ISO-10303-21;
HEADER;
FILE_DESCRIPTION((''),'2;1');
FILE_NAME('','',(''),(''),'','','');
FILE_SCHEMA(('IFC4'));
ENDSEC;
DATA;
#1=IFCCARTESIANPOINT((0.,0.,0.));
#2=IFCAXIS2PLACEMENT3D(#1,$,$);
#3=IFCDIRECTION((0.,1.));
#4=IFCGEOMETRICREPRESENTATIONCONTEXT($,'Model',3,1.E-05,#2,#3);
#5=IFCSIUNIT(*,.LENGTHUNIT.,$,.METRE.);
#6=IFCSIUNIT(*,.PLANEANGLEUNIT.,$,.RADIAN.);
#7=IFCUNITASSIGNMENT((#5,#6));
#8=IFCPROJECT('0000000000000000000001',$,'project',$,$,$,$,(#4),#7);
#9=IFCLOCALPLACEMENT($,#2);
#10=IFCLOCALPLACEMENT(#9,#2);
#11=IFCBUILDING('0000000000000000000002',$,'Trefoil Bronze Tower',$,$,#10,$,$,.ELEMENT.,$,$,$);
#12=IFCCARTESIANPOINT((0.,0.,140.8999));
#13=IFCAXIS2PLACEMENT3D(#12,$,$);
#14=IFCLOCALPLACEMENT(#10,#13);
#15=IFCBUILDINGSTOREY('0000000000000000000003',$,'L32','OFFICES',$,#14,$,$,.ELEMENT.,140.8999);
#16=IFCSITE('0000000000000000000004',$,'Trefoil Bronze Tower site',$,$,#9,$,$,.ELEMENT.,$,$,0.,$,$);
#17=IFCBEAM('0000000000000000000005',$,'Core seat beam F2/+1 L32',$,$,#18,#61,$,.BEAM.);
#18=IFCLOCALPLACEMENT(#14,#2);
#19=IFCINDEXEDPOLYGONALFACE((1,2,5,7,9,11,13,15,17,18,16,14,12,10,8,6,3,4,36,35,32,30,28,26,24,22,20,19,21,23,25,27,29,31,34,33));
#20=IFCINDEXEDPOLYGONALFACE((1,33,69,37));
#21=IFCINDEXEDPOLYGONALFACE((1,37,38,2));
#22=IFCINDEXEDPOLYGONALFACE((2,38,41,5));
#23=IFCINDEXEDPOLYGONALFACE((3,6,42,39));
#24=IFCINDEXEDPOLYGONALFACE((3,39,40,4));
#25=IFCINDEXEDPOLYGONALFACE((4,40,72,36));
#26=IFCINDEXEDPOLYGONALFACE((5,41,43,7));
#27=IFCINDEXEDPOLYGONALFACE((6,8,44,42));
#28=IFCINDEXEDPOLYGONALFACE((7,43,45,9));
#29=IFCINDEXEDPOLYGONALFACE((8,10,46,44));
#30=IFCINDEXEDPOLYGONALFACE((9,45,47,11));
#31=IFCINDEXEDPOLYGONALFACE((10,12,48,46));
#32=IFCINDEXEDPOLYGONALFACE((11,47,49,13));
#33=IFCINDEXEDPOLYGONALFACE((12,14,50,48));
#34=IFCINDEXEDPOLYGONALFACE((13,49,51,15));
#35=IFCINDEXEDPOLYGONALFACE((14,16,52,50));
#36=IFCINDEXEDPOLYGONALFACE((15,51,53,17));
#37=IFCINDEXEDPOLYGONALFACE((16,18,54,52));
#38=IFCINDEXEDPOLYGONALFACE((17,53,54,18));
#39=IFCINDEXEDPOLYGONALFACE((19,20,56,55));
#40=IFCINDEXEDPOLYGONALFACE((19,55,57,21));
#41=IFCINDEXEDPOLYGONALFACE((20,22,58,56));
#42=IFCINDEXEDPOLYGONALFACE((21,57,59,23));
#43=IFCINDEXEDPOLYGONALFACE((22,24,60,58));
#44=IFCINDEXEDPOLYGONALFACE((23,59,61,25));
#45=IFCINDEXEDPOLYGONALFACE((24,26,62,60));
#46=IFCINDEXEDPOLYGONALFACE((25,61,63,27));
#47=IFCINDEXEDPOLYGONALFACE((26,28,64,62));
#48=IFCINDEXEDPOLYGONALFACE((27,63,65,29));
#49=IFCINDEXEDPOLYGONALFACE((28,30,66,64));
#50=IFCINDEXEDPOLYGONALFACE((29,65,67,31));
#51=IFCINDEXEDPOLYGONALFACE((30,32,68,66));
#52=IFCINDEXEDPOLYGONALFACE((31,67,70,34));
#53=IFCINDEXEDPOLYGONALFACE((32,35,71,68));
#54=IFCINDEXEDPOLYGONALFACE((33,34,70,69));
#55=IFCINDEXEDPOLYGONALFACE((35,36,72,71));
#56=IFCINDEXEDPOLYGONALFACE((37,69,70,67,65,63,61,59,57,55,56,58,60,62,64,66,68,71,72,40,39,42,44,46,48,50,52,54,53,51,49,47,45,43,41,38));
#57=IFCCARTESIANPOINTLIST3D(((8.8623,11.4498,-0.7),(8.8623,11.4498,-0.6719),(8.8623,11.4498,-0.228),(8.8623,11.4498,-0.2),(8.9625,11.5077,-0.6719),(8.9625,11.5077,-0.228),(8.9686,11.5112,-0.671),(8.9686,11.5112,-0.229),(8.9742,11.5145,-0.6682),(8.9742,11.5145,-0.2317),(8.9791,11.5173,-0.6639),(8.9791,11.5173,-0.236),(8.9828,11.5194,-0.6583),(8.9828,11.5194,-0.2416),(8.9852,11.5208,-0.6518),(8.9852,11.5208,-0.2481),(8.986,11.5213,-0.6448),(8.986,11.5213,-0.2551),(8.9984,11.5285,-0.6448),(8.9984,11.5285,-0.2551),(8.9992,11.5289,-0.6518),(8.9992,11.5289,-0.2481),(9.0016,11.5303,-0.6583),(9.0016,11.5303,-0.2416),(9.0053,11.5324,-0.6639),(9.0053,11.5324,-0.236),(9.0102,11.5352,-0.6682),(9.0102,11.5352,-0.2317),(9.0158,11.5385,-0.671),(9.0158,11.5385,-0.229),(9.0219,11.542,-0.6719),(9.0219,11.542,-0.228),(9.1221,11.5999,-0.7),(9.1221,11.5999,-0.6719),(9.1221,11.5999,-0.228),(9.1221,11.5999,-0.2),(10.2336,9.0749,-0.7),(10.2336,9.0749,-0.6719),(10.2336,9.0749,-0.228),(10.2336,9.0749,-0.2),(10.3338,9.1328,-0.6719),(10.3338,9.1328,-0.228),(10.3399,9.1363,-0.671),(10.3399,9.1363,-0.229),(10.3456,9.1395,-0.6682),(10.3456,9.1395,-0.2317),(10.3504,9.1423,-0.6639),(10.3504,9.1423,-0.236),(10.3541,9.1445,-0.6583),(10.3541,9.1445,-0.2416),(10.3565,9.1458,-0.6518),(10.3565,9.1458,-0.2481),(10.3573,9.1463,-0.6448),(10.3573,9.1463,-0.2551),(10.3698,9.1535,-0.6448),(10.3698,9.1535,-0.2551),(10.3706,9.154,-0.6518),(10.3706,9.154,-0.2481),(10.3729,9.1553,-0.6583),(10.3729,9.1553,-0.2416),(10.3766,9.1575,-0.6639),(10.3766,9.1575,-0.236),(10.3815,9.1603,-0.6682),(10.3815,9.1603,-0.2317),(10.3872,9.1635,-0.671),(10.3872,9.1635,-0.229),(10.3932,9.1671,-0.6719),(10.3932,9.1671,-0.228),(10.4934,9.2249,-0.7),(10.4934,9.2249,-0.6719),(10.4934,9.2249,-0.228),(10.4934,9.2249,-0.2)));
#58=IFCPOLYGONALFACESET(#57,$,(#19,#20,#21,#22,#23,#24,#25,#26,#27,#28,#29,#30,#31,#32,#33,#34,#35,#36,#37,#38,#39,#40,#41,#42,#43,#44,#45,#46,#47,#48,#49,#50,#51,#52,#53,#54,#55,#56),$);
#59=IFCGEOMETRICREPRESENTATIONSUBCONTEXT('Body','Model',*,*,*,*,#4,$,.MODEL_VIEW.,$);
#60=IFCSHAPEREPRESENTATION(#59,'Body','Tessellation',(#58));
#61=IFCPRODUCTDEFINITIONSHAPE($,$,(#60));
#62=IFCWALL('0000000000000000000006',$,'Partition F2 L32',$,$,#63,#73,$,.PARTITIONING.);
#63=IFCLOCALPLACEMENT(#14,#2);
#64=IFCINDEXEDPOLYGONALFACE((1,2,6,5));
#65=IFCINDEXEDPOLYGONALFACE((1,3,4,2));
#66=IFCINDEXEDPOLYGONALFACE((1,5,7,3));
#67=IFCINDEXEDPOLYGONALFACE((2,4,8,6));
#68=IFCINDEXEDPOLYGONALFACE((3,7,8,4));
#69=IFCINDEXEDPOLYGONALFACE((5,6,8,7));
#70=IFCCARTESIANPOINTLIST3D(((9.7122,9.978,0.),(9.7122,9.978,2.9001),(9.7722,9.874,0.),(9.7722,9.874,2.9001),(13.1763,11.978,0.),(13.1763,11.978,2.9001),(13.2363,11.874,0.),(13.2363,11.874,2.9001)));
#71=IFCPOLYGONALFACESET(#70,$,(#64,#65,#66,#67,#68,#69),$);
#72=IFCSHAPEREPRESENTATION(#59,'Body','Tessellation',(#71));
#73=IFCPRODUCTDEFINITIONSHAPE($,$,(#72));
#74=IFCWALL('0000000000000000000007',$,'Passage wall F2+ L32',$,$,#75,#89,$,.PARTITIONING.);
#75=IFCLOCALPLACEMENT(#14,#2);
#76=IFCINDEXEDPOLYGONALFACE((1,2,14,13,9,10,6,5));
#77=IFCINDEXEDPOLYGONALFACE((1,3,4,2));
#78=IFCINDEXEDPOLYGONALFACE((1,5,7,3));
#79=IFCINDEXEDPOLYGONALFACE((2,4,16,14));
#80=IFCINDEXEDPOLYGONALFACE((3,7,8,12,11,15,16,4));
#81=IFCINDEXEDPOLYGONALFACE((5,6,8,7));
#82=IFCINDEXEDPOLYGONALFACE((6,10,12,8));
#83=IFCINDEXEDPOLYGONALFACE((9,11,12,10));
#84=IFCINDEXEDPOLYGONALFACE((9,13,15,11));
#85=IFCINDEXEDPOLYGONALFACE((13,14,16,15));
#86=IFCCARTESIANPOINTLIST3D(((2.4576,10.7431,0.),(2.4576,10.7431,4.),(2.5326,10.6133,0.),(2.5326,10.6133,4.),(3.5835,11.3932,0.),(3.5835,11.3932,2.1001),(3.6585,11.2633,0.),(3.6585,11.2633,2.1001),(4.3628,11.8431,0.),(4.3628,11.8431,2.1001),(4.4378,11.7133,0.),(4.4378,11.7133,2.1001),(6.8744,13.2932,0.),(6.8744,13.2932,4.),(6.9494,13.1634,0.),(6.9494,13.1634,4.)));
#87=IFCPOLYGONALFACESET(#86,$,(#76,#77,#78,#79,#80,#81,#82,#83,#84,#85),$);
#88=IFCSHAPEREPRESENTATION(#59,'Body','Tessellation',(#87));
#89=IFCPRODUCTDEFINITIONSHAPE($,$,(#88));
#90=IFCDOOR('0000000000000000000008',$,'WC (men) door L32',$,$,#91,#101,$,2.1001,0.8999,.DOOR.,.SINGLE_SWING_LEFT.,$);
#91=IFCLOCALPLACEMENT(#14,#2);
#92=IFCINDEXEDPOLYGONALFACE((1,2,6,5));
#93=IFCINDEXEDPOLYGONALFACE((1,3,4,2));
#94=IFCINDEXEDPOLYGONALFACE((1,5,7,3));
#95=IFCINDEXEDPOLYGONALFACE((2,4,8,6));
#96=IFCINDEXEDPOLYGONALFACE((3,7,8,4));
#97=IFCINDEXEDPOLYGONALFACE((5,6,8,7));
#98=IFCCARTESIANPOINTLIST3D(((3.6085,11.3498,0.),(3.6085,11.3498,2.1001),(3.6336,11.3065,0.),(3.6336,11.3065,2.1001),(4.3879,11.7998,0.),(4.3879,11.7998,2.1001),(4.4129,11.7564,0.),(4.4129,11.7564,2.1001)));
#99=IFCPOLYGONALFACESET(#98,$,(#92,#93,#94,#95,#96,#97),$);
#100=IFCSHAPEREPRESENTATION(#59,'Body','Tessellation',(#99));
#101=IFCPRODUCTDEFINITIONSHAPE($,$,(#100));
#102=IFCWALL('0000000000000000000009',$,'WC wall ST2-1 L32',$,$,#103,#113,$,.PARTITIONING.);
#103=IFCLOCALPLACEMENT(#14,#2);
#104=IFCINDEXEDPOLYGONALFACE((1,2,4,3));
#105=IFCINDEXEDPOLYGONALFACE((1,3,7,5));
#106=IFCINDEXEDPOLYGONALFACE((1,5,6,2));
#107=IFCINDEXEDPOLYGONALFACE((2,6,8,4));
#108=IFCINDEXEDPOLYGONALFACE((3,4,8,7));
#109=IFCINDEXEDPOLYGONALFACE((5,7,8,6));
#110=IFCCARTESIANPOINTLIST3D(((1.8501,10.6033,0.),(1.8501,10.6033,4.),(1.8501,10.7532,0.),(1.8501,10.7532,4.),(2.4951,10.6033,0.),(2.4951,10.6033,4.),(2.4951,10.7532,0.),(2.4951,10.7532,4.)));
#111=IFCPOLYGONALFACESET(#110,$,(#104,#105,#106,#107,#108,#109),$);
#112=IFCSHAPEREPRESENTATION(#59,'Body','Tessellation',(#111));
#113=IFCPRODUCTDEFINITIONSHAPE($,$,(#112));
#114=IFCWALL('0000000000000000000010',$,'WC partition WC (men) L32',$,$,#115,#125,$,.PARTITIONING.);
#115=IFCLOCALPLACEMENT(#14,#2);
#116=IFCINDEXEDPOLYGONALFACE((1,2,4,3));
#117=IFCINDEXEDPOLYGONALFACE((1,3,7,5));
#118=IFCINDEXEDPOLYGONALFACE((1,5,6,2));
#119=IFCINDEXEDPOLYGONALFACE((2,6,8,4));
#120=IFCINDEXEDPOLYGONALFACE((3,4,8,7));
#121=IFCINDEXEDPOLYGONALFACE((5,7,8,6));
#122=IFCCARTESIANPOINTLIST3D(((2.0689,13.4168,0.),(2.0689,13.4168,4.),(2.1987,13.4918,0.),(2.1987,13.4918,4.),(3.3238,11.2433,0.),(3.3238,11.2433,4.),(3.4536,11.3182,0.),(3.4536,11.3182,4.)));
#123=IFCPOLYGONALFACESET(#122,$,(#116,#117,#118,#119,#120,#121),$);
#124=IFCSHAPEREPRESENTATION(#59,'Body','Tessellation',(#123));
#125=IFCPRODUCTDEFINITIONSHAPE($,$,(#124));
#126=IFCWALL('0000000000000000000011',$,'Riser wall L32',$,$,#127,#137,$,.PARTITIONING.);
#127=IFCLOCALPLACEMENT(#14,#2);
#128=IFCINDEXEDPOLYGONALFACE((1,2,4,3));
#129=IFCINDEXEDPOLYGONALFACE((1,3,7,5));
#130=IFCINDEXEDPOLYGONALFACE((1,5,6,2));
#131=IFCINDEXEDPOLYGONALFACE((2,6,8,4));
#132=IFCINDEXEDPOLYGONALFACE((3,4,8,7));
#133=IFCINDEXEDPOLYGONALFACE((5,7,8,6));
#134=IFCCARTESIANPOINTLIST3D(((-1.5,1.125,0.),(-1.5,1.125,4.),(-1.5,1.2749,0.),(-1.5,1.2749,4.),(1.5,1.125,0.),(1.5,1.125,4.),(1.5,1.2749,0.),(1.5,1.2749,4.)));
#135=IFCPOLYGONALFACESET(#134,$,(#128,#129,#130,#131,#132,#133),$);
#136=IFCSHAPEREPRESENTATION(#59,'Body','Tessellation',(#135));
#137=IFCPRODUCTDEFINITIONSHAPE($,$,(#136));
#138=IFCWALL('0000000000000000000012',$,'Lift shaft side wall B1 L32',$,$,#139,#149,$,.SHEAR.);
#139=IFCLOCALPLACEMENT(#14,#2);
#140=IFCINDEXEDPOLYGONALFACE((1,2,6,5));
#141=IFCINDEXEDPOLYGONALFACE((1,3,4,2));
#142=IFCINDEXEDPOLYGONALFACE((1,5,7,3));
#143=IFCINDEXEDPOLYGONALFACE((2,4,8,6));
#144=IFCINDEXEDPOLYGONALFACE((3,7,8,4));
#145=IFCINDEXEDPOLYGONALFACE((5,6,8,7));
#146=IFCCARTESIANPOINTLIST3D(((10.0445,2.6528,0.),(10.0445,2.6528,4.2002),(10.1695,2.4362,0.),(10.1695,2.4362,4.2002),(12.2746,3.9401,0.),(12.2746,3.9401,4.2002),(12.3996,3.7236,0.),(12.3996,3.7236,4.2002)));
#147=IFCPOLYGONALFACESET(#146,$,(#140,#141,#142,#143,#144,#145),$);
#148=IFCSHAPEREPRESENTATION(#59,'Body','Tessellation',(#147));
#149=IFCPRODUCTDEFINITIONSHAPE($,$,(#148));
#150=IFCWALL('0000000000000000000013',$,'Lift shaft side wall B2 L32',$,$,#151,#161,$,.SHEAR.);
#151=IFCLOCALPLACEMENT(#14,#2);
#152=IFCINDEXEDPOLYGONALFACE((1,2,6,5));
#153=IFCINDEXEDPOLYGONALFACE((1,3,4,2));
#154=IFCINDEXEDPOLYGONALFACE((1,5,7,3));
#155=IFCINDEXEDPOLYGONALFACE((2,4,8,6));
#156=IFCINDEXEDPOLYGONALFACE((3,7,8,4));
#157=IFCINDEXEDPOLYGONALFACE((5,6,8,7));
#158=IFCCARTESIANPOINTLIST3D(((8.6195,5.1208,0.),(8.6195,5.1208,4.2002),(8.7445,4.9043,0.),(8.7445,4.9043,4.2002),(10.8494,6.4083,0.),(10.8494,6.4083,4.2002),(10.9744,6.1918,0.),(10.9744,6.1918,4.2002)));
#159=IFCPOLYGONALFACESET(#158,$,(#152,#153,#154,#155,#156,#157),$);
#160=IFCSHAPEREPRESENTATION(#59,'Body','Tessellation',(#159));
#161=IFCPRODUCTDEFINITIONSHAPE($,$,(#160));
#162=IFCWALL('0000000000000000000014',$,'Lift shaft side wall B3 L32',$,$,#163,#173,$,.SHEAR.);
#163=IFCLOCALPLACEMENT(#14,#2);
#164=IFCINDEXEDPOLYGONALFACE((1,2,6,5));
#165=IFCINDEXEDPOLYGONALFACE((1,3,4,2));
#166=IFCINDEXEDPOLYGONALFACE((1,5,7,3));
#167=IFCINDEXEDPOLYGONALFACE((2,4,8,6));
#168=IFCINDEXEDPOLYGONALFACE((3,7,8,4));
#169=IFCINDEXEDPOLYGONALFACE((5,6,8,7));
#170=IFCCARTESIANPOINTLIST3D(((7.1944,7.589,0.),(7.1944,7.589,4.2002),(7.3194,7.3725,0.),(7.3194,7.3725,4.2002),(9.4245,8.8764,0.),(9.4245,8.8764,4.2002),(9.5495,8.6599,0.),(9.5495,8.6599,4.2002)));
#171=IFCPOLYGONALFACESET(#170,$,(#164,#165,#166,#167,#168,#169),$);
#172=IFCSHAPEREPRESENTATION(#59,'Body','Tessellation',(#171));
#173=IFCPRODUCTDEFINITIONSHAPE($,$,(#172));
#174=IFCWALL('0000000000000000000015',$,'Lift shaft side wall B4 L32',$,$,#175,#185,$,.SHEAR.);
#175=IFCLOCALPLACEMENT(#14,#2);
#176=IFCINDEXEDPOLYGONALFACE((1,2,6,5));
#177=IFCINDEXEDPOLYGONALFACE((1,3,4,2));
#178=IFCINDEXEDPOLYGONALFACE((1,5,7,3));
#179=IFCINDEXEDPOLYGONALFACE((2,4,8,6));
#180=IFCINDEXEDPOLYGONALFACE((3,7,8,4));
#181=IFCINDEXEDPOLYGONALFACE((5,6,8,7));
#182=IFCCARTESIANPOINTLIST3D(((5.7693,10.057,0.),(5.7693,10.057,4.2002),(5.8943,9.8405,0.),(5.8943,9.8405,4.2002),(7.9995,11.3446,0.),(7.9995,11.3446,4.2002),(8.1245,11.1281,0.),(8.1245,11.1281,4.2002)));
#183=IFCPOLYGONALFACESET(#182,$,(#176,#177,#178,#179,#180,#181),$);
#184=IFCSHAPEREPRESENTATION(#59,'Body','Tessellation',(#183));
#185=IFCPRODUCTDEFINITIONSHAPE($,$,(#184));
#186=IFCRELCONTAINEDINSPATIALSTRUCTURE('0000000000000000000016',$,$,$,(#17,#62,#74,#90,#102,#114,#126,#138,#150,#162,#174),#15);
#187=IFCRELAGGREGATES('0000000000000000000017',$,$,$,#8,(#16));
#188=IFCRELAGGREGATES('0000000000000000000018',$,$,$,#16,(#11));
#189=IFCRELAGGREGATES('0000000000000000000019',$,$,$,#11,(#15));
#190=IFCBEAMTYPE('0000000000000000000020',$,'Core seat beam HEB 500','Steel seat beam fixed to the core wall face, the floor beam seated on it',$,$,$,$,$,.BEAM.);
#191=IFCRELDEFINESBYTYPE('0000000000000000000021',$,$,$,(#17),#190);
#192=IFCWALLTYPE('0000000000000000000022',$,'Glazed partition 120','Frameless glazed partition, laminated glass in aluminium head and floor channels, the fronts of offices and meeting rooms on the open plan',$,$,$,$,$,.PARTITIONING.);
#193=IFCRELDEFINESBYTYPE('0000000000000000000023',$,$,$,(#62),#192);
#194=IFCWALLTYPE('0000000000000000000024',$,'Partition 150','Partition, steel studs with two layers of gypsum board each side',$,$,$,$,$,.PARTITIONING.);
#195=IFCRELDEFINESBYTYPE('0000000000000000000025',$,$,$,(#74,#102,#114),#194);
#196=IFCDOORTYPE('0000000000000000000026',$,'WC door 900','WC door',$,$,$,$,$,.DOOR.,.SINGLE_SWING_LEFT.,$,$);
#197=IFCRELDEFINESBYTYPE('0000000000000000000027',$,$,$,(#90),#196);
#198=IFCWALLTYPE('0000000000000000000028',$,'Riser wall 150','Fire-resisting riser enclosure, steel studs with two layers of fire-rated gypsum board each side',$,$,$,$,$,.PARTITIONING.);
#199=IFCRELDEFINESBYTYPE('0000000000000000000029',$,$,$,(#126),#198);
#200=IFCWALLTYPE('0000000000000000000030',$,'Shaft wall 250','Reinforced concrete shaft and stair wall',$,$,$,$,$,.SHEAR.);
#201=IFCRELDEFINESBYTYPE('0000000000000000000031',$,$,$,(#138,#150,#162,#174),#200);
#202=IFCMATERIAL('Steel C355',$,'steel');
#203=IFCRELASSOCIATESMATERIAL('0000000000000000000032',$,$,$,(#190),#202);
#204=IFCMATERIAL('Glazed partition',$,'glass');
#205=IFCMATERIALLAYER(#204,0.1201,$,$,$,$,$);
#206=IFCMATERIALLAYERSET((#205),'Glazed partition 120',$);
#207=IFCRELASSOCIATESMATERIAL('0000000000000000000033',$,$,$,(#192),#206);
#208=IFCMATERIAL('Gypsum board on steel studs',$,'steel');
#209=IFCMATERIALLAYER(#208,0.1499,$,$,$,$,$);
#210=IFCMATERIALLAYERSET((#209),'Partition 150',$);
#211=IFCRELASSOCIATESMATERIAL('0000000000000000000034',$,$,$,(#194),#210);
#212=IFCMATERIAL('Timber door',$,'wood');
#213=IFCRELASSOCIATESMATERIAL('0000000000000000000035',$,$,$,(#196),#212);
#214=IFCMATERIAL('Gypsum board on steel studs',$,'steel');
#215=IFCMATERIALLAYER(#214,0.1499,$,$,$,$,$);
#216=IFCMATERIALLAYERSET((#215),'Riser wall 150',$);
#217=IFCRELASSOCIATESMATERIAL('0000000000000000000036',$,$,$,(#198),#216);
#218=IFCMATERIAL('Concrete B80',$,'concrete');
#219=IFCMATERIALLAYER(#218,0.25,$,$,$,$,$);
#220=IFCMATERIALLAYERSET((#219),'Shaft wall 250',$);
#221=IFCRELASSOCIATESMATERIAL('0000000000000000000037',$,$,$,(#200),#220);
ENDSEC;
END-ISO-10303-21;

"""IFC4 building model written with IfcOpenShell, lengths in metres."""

from ifc_helpers import new_model, si_unit, direction, frame, frame_2d, origin, origin_2d, place, context, subcontext, project, spatial, rectangle, i_section, extrude, material, layer, layer_set, material_profile, profile_set, type_object, element, fill, save


model = new_model("IFC4")

# Units and contexts
model_context = context("Model", 3, precision=1e-05, world=origin(), true_north=direction((0.0, 1.0)))
body_context = subcontext(model_context, "Body", "Model", "MODEL_VIEW")
ifc_project = project(units=[si_unit("LENGTHUNIT", "METRE"), si_unit("PLANEANGLEUNIT", "RADIAN")], contexts=[model_context])

# Site, building, storey
site_placement = place(None, origin())
site = spatial("IfcSite", under=ifc_project, at=site_placement, Name="Trefoil Bronze Tower site", CompositionType="ELEMENT", RefElevation=0.0)
building_placement = place(site_placement, origin())
building = spatial("IfcBuilding", under=site, at=building_placement, Name="Trefoil Bronze Tower", CompositionType="ELEMENT")
storey_placement = place(building_placement, frame((0.0, 0.0, 140.8999)))
storey = spatial("IfcBuildingStorey", under=building, at=storey_placement, Name="L32", Description="OFFICES", CompositionType="ELEMENT", Elevation=140.8999)

# Beam
ifc_material_1 = material(Name="Steel C355", Category="steel")
ifc_material_profile = material_profile(ifc_material_1, i_section(OverallWidth=0.3, OverallDepth=0.5, WebThickness=0.0144, FlangeThickness=0.0281, FilletRadius=0.0271, at=origin_2d()), Name="HEB 500")
ifc_profile_set = profile_set([ifc_material_profile], Name="Steel C355")
beam_type = type_object("IfcBeamType", Name="Core seat beam HEB 500", Description="Steel seat beam fixed to the core wall face, the floor beam seated on it", PredefinedType="BEAM", material=ifc_profile_set)
beam_placement = place(storey_placement, frame((10.3635, 9.1499, -0.45), z_axis=(-0.500036, 0.866005, 0.0), x_axis=(-0.866005, -0.500036, 0.0)))
element("IfcBeam", 1, at=beam_placement, inside=storey, type_object=beam_type, Name="Core seat beam F2/+1 L32", PredefinedType="BEAM", context=body_context, shape_type="SweptSolid", body=[
    extrude(i_section(OverallWidth=0.3, OverallDepth=0.5, WebThickness=0.0144, FlangeThickness=0.0281, FilletRadius=0.0271, at=origin_2d()), origin(), (0.0, 0.0, 1.0), 2.7424),
])

# Wall
ifc_material_2 = material(Name="Glazed partition", Category="glass")
ifc_layer_1 = layer(ifc_material_2, 0.1201)
ifc_layer_set_1 = layer_set([ifc_layer_1], Name="Glazed partition 120")
wall_type_1 = type_object("IfcWallType", Name="Glazed partition 120", Description="Frameless glazed partition, laminated glass in aluminium head and floor channels, the fronts of offices and meeting rooms on the open plan", PredefinedType="PARTITIONING", material=ifc_layer_set_1)
wall_1_placement = place(storey_placement, frame((9.7422, 9.926, 0.0), z_axis=(0.0, 0.0, 1.0), x_axis=(0.866026, 0.499999, 0.0)))
element("IfcWall", 2, at=wall_1_placement, inside=storey, type_object=wall_type_1, Name="Partition F2 L32", PredefinedType="PARTITIONING", context=body_context, shape_type="SweptSolid", body=[
    extrude(rectangle(XDim=4.0, YDim=0.1201, at=frame_2d((2.0, 0.0))), origin(), (0.0, 0.0, 1.0), 2.9001),
])

# Wall, opening, door
ifc_material_3 = material(Name="Gypsum board on steel studs", Category="steel")
ifc_layer_2 = layer(ifc_material_3, 0.1499)
ifc_layer_set_2 = layer_set([ifc_layer_2], Name="Partition 150")
wall_type_2 = type_object("IfcWallType", Name="Partition 150", Description="Partition, steel studs with two layers of gypsum board each side", PredefinedType="PARTITIONING", material=ifc_layer_set_2)
wall_2_placement = place(storey_placement, frame((2.4951, 10.6782, 0.0), z_axis=(0.0, 0.0, 1.0), x_axis=(0.866022, 0.500006, 0.0)))
wall_2 = element("IfcWall", 3, at=wall_2_placement, inside=storey, type_object=wall_type_2, Name="Passage wall F2+ L32", PredefinedType="PARTITIONING", context=body_context, shape_type="SweptSolid", body=[
    extrude(rectangle(XDim=5.1001, YDim=0.1499, at=frame_2d((2.55, 0.0))), origin(), (0.0, 0.0, 1.0), 4.0),
])
opening_1_placement = place(wall_2_placement, frame((1.3, 0.0, 0.0)))
opening_1 = element("IfcOpeningElement", 4, at=opening_1_placement, cuts=wall_2, PredefinedType="OPENING", context=body_context, shape_type="SweptSolid", body=[
    extrude(rectangle(XDim=0.8999, YDim=2.1001, at=frame_2d((0.45, 1.05))), frame((0.0, 0.085, 0.0), z_axis=(0.0, -1.0, 0.0), x_axis=(1.0, 0.0, 0.0)), (0.0, 0.0, 1.0), 0.1699),
])
ifc_material_4 = material(Name="Timber door", Category="wood")
door_type_1 = type_object("IfcDoorType", Name="WC door 900", Description="WC door", OperationType="SINGLE_SWING_LEFT", PredefinedType="DOOR", material=ifc_material_4)
door_1_placement = place(opening_1_placement, origin())
door_1 = element("IfcDoor", 5, at=door_1_placement, inside=storey, type_object=door_type_1, Name="WC (men) door L32", OperationType="SINGLE_SWING_LEFT", OverallHeight=2.1001, OverallWidth=0.8999, PredefinedType="DOOR", context=body_context, shape_type="SweptSolid", body=[
    extrude(rectangle(XDim=0.8999, YDim=2.1001, at=frame_2d((0.45, 1.05))), frame((0.0, 0.0249, 0.0), z_axis=(0.0, -1.0, 0.0), x_axis=(1.0, 0.0, 0.0)), (0.0, 0.0, 1.0), 0.05),
])
fill(opening_1, door_1)

# Walls
wall_3_placement = place(storey_placement, frame((2.4951, 10.6782, 0.0), z_axis=(0.0, 0.0, 1.0), x_axis=(-1.0, 0.0, 0.0)))
element("IfcWall", 6, at=wall_3_placement, inside=storey, type_object=wall_type_2, Name="WC wall ST2-1 L32", PredefinedType="PARTITIONING", context=body_context, shape_type="SweptSolid", body=[
    extrude(rectangle(XDim=0.645, YDim=0.1499, at=frame_2d((0.3225, 0.0))), origin(), (0.0, 0.0, 1.0), 4.0),
])
wall_4_placement = place(storey_placement, frame((3.3887, 11.2808, 0.0), z_axis=(0.0, 0.0, 1.0), x_axis=(-0.499989, 0.866032, 0.0)))
element("IfcWall", 7, at=wall_4_placement, inside=storey, type_object=wall_type_2, Name="WC partition WC (men) L32", PredefinedType="PARTITIONING", context=body_context, shape_type="SweptSolid", body=[
    extrude(rectangle(XDim=2.5098, YDim=0.1499, at=frame_2d((1.2549, 0.0))), origin(), (0.0, 0.0, 1.0), 4.0),
])
ifc_material_5 = material(Name="Gypsum board on steel studs", Category="steel")
ifc_layer_3 = layer(ifc_material_5, 0.1499)
ifc_layer_set_3 = layer_set([ifc_layer_3], Name="Riser wall 150")
wall_type_3 = type_object("IfcWallType", Name="Riser wall 150", Description="Fire-resisting riser enclosure, steel studs with two layers of fire-rated gypsum board each side", PredefinedType="PARTITIONING", material=ifc_layer_set_3)
wall_5_placement = place(storey_placement, frame((1.5, 1.2, 0.0), z_axis=(0.0, 0.0, 1.0), x_axis=(-1.0, 0.0, 0.0)))
element("IfcWall", 8, at=wall_5_placement, inside=storey, type_object=wall_type_3, Name="Riser wall L32", PredefinedType="PARTITIONING", context=body_context, shape_type="SweptSolid", body=[
    extrude(rectangle(XDim=3.0, YDim=0.1499, at=frame_2d((1.5, 0.0))), origin(), (0.0, 0.0, 1.0), 4.0),
])
ifc_material_6 = material(Name="Concrete B80", Category="concrete")
ifc_layer_4 = layer(ifc_material_6, 0.25)
ifc_layer_set_4 = layer_set([ifc_layer_4], Name="Shaft wall 250")
wall_type_4 = type_object("IfcWallType", Name="Shaft wall 250", Description="Reinforced concrete shaft and stair wall", PredefinedType="SHEAR", material=ifc_layer_set_4)
for number, where, z_axis, x_axis, name in (
    (9, (10.1069, 2.5444, 0.0), (0.0, 0.0, 1.0), (0.866047, 0.499963, 0.0), "Lift shaft side wall B1 L32"),
    (10, (8.6819, 5.0125, 0.0), (0.0, 0.0, 1.0), (0.866006, 0.500034, 0.0), "Lift shaft side wall B2 L32"),
    (11, (7.2568, 7.4807, 0.0), (0.0, 0.0, 1.0), (0.866047, 0.499963, 0.0), "Lift shaft side wall B3 L32"),
):
    element("IfcWall", number, at=place(storey_placement, frame(where, z_axis=z_axis, x_axis=x_axis)), inside=storey, type_object=wall_type_4, Name=name, PredefinedType="SHEAR", context=body_context, shape_type="SweptSolid", body=[
        extrude(rectangle(XDim=2.575, YDim=0.25, at=frame_2d((1.2876, 0.0))), origin(), (0.0, 0.0, 1.0), 4.2002),
    ])
wall_6_placement = place(storey_placement, frame((5.8318, 9.9487, 0.0), z_axis=(0.0, 0.0, 1.0), x_axis=(0.866029, 0.499993, 0.0)))
element("IfcWall", 12, at=wall_6_placement, inside=storey, type_object=wall_type_4, Name="Lift shaft side wall B4 L32", PredefinedType="SHEAR", context=body_context, shape_type="SweptSolid", body=[
    extrude(rectangle(XDim=2.5752, YDim=0.25, at=frame_2d((1.2876, 0.0))), origin(), (0.0, 0.0, 1.0), 4.2002),
])

save(model, "model.ifc")
